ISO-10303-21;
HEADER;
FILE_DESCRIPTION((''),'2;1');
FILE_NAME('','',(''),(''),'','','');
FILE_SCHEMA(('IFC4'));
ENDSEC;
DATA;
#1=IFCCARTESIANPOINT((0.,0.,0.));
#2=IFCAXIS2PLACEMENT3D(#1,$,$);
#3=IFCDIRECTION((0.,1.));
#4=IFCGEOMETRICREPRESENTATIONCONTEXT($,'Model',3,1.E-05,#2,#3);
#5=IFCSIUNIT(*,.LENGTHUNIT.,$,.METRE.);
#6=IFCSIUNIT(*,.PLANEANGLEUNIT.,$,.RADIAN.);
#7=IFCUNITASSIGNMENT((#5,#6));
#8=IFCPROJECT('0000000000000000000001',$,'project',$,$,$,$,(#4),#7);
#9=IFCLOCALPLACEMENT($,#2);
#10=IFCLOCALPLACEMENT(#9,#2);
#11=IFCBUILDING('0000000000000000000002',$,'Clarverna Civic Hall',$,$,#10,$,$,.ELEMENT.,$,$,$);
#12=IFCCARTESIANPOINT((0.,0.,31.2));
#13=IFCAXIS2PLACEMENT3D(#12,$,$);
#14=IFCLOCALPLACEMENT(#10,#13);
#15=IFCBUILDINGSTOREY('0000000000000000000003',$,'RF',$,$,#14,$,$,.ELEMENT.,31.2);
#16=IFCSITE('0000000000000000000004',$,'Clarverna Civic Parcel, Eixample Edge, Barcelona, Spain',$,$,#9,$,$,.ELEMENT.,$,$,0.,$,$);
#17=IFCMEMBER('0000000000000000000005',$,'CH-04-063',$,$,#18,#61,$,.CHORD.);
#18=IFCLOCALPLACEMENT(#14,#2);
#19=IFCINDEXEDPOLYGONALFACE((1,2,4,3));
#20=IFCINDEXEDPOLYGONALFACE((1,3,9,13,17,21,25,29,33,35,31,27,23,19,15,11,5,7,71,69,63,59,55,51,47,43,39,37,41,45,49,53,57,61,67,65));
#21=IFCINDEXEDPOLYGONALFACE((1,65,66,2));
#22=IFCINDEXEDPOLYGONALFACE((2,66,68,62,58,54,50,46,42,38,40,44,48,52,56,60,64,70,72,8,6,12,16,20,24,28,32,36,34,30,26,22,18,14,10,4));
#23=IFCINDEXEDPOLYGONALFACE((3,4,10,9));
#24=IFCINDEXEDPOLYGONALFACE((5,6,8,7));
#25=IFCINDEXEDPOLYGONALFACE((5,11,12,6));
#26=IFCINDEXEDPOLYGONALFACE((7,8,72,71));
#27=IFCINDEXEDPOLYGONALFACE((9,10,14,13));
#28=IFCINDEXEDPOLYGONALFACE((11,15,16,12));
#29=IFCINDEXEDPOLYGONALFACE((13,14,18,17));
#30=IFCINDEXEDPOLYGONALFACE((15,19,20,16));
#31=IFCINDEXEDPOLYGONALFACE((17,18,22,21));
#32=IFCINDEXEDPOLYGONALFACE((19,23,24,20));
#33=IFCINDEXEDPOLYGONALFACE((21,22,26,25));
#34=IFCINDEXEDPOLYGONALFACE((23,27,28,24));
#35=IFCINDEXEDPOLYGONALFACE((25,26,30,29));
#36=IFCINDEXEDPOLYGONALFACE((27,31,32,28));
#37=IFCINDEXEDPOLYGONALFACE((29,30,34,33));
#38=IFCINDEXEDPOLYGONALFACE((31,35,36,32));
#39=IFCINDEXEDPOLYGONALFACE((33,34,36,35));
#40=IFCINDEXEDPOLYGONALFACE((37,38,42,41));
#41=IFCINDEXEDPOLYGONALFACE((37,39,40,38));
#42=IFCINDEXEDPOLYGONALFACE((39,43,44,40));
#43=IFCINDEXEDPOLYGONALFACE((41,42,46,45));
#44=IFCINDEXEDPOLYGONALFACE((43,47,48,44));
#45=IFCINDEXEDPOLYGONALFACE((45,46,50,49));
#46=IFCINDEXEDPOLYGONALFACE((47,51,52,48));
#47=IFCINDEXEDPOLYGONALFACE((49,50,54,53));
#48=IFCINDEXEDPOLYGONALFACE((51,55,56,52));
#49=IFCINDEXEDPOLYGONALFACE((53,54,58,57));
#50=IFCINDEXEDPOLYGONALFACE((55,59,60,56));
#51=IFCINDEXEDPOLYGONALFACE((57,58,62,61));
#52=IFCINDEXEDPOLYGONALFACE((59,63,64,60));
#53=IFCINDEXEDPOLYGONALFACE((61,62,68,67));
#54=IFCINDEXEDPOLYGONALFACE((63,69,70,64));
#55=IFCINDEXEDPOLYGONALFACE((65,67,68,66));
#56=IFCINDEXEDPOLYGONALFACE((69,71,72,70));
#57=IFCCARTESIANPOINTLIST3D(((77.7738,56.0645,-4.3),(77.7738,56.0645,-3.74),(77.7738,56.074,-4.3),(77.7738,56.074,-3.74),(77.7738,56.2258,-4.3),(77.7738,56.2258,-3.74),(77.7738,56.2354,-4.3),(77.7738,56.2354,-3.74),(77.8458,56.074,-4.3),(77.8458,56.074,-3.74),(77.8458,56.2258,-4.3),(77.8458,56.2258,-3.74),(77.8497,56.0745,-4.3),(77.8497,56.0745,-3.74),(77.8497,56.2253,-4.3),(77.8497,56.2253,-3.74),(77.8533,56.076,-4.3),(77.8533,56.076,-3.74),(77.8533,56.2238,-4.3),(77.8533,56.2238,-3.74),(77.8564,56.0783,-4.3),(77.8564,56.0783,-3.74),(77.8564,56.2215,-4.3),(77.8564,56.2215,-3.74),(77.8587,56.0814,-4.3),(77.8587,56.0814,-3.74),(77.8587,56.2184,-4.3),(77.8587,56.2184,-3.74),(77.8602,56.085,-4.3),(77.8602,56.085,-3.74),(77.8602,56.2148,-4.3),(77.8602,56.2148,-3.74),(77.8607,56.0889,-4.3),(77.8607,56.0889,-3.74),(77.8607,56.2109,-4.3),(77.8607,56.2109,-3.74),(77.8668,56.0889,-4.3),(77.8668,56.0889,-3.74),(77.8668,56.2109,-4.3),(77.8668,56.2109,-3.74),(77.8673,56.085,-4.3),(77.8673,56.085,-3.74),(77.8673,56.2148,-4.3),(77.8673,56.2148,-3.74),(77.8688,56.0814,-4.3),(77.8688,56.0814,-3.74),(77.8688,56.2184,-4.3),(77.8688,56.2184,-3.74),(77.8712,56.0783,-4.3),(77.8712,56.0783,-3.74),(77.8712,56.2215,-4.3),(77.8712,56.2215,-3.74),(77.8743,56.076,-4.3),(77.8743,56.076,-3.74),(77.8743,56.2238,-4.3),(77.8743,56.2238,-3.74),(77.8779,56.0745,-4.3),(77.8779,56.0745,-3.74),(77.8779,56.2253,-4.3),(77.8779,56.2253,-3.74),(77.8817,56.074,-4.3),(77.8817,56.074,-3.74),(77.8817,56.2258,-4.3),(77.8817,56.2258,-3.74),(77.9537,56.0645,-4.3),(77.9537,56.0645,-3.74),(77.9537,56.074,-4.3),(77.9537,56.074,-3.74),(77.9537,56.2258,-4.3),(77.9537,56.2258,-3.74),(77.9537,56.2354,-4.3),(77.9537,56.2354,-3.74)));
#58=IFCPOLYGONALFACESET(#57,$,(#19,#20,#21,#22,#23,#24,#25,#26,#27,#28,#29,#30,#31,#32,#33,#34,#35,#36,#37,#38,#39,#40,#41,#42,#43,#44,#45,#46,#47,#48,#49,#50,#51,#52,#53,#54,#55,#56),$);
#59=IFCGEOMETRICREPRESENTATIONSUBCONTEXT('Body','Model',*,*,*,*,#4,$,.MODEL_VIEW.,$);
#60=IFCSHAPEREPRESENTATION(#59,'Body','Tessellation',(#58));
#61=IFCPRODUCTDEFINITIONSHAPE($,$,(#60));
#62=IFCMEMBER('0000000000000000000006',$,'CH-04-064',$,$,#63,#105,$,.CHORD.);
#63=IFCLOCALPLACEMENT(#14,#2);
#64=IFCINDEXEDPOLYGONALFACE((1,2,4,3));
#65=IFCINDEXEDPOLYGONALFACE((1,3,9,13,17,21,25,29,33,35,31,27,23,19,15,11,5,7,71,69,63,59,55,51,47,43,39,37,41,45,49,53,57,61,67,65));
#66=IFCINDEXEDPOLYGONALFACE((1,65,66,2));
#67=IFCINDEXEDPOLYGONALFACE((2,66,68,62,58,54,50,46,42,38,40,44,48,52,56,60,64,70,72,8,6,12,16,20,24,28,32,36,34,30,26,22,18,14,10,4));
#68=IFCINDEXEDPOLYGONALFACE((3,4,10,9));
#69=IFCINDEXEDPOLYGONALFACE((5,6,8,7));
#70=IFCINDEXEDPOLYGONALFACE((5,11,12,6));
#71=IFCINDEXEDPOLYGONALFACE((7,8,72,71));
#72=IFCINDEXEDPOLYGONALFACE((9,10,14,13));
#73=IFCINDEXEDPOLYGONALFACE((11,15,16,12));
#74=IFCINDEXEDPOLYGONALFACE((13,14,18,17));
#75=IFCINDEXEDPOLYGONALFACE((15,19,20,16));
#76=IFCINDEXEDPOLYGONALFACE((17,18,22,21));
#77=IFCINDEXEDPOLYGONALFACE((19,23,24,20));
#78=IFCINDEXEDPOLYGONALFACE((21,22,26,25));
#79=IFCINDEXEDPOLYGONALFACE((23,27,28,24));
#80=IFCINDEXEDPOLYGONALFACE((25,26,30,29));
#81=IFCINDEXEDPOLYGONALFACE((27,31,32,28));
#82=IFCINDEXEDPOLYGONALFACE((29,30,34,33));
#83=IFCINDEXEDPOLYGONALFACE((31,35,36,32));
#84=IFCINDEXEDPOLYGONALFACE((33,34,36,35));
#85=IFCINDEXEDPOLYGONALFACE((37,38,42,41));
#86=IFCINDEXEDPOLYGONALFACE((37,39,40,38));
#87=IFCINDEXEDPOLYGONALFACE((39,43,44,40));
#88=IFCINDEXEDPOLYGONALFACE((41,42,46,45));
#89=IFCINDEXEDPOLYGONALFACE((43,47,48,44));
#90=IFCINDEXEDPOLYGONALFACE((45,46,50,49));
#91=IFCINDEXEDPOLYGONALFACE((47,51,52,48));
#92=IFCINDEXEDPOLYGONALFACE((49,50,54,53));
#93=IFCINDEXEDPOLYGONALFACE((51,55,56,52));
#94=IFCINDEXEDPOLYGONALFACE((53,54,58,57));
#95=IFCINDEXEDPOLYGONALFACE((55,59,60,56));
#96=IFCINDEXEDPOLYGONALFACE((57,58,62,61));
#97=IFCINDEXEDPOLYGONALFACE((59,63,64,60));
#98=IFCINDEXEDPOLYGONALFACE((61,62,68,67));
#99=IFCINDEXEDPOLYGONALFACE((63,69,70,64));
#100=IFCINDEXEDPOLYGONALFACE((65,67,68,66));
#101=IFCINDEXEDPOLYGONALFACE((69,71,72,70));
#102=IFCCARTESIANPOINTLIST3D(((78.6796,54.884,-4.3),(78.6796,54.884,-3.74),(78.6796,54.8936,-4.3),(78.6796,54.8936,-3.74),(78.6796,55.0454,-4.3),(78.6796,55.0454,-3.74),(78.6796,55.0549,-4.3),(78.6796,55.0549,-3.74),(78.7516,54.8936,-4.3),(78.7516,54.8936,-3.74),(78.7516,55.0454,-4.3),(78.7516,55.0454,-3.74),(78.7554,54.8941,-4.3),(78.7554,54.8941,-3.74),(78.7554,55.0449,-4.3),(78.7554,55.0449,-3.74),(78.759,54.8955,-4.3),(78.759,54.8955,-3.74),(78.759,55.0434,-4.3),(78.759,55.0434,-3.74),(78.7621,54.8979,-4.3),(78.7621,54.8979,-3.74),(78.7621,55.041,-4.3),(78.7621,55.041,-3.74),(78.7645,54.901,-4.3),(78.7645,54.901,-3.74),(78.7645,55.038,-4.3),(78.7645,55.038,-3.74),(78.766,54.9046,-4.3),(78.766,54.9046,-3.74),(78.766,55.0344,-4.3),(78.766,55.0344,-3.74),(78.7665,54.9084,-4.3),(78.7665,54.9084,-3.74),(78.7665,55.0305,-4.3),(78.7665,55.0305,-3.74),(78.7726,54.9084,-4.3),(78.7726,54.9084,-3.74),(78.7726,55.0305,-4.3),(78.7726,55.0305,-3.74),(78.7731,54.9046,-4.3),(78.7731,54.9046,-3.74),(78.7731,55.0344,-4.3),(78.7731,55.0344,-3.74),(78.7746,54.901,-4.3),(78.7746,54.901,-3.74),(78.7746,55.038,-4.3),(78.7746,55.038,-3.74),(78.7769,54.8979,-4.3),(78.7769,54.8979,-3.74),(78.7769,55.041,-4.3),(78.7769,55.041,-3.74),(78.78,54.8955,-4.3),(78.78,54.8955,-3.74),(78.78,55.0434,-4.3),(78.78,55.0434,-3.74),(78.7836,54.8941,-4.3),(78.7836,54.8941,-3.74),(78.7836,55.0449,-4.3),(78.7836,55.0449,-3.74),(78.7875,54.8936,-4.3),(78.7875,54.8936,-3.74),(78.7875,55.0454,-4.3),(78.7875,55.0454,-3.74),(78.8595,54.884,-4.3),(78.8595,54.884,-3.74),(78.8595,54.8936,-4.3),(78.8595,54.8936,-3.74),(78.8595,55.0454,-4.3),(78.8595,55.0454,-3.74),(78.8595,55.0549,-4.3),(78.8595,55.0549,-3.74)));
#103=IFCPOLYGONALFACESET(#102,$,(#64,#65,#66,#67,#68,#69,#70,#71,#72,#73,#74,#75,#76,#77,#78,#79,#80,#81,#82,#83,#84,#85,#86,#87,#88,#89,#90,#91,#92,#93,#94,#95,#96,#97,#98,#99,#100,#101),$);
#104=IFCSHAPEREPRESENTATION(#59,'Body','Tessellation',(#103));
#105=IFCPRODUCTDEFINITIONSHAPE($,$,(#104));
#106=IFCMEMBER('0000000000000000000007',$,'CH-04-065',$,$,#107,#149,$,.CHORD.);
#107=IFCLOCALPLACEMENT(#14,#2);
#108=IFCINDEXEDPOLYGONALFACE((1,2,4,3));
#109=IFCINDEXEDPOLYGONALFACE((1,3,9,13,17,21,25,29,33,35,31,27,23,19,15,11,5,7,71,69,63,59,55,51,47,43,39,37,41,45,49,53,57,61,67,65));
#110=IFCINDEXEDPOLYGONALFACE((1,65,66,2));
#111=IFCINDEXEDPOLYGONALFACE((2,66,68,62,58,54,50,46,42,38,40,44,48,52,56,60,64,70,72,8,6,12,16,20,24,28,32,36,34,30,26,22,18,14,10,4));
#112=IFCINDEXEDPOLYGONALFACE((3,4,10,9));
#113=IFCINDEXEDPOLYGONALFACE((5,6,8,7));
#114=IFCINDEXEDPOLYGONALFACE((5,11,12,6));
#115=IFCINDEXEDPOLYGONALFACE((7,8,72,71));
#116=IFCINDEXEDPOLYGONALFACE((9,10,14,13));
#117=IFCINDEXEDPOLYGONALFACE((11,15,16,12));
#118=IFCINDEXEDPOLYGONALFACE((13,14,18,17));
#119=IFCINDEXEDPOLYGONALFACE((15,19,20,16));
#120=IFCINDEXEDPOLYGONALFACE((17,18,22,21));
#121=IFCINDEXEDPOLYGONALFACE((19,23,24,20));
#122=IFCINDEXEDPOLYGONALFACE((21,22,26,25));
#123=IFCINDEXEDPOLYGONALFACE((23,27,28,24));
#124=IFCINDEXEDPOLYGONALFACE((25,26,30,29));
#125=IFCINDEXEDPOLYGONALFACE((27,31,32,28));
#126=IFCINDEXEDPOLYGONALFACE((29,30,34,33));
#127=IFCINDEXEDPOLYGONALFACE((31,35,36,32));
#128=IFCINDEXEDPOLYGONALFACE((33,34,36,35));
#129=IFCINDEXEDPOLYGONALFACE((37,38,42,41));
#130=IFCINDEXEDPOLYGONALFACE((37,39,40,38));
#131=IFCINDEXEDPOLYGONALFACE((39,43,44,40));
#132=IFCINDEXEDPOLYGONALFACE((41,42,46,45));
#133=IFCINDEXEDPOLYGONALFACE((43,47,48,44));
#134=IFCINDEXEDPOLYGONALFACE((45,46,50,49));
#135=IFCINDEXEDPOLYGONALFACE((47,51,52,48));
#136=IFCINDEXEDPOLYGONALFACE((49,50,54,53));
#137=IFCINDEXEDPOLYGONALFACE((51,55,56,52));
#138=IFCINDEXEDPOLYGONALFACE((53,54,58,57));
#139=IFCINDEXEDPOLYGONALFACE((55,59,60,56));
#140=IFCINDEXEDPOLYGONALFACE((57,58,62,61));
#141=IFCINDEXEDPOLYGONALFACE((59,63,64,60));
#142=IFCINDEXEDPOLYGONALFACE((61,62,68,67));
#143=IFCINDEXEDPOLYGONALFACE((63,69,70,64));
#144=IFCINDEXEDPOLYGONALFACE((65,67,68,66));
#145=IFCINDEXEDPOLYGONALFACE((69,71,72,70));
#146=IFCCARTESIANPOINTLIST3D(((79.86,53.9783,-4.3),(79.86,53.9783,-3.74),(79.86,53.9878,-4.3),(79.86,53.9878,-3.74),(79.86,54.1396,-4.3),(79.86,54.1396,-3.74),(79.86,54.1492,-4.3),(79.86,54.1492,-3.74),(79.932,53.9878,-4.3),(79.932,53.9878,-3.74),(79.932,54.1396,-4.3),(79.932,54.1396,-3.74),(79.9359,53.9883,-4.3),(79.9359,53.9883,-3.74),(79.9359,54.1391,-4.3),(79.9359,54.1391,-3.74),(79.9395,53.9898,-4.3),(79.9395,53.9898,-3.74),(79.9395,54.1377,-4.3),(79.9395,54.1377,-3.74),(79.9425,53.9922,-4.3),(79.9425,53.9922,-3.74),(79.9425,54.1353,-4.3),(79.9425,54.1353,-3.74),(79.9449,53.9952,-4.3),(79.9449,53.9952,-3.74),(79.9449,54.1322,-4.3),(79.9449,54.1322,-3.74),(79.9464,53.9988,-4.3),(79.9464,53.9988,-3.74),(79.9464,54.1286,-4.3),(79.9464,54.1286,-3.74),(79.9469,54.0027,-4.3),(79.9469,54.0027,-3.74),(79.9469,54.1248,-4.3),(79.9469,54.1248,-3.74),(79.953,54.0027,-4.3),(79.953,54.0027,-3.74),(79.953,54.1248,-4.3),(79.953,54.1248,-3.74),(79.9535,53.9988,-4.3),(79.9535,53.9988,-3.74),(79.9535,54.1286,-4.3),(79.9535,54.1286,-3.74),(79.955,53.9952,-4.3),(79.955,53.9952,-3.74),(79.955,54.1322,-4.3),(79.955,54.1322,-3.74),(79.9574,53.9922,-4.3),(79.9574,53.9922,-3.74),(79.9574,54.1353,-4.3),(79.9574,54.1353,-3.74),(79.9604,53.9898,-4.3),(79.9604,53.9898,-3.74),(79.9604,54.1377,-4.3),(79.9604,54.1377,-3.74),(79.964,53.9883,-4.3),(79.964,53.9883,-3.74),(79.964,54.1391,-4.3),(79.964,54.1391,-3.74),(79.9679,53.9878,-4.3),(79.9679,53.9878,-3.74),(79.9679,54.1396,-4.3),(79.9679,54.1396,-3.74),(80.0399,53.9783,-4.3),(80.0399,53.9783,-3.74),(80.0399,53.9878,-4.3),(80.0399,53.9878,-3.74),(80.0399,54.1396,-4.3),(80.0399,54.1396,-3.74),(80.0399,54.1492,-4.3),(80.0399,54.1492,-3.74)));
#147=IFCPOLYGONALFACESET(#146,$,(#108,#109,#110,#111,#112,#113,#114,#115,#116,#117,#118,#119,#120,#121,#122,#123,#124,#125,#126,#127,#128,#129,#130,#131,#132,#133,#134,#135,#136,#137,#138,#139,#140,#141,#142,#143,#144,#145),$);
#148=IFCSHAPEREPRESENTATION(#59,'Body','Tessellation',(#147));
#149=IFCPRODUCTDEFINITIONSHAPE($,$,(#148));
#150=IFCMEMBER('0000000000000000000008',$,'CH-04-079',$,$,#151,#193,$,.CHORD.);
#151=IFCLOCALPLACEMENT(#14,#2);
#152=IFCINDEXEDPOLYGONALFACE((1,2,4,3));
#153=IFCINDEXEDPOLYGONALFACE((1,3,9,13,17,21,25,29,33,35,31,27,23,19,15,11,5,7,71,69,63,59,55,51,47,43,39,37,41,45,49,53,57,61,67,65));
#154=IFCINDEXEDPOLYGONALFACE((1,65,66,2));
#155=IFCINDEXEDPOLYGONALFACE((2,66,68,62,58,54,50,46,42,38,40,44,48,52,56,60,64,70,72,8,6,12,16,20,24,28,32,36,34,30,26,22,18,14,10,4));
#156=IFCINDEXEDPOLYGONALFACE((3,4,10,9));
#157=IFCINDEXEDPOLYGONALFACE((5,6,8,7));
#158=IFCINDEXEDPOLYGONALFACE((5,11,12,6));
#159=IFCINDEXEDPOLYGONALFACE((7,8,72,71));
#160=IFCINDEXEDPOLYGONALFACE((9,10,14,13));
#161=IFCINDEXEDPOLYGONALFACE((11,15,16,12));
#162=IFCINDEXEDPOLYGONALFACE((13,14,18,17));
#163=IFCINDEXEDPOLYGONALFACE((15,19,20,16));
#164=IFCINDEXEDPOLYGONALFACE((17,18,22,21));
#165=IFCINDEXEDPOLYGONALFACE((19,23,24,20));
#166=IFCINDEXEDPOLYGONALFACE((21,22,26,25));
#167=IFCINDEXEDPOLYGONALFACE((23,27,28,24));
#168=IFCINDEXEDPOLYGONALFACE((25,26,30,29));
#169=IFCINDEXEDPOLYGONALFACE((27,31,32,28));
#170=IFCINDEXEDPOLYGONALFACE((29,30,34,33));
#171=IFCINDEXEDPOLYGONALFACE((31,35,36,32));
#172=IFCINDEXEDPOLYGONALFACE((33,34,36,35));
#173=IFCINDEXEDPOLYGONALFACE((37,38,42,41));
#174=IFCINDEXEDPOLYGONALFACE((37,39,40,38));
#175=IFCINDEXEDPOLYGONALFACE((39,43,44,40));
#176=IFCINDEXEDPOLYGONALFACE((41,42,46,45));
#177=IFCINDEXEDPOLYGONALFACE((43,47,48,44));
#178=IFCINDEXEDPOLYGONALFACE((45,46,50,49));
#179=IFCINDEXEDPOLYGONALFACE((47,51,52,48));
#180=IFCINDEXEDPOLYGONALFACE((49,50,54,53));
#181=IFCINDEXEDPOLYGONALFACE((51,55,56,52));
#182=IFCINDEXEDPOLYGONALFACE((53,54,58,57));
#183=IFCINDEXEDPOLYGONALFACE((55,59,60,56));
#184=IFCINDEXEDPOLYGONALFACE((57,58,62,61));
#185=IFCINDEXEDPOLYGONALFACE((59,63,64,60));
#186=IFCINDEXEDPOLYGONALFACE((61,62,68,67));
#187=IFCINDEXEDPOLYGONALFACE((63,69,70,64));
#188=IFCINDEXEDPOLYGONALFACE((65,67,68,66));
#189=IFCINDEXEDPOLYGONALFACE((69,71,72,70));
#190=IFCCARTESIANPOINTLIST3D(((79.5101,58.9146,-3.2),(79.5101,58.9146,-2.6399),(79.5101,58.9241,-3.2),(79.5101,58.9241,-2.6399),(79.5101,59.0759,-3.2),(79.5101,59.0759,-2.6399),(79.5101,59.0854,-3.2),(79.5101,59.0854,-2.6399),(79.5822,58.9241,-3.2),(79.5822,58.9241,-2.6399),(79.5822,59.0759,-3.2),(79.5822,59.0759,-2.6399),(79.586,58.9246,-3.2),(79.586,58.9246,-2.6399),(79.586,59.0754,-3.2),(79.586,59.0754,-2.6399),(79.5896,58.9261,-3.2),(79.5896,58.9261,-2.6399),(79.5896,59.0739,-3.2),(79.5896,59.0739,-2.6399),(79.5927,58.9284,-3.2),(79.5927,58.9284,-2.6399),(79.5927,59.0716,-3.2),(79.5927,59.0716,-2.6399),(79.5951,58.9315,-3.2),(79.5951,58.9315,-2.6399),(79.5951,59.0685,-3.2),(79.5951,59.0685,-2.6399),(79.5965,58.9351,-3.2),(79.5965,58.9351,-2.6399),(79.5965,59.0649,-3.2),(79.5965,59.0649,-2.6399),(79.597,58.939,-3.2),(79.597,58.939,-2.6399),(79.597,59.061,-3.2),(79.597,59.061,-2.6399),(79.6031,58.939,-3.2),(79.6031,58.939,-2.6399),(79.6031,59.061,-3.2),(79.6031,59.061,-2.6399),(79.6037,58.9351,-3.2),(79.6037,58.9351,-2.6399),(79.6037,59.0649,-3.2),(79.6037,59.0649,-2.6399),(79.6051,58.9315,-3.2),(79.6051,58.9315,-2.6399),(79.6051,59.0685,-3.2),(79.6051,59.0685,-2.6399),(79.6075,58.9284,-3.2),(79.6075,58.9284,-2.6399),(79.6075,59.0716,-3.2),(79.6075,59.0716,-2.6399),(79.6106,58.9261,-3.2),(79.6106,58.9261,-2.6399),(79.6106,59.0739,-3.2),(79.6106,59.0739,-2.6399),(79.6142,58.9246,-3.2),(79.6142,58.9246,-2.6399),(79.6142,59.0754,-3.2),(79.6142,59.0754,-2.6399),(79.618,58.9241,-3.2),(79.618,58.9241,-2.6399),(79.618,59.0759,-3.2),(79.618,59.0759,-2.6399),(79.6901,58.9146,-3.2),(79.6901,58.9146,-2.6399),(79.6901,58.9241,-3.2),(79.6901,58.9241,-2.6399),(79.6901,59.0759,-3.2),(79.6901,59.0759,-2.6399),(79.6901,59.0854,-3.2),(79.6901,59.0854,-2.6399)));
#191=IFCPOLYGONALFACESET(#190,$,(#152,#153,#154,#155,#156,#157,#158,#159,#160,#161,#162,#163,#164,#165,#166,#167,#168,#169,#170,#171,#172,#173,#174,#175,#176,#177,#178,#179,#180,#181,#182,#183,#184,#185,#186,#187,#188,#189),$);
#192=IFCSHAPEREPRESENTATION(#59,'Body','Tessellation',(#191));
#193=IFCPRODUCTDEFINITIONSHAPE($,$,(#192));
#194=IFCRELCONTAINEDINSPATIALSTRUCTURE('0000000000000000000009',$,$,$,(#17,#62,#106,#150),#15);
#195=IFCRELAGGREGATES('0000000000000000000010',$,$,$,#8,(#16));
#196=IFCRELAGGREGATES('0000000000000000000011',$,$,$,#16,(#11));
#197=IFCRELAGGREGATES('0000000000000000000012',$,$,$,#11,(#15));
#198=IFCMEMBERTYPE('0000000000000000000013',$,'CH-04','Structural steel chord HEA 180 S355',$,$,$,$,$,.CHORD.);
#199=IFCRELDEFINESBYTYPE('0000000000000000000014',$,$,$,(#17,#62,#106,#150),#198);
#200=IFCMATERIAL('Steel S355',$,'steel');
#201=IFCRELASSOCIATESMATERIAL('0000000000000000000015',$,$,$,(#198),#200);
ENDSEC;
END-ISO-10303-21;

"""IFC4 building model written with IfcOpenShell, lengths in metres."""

from ifc_helpers import new_model, si_unit, direction, frame, origin, origin_2d, place, context, subcontext, project, spatial, i_section, extrude, material, material_profile, profile_set, type_object, element, save


model = new_model("IFC4")

# Units and contexts
model_context = context("Model", 3, precision=1e-05, world=origin(), true_north=direction((0.0, 1.0)))
body_context = subcontext(model_context, "Body", "Model", "MODEL_VIEW")
ifc_project = project(units=[si_unit("LENGTHUNIT", "METRE"), si_unit("PLANEANGLEUNIT", "RADIAN")], contexts=[model_context])

# Site, building, storey
site_placement = place(None, origin())
site = spatial("IfcSite", under=ifc_project, at=site_placement, Name="Clarverna Civic Parcel, Eixample Edge, Barcelona, Spain", CompositionType="ELEMENT", RefElevation=0.0)
building_placement = place(site_placement, origin())
building = spatial("IfcBuilding", under=site, at=building_placement, Name="Clarverna Civic Hall", CompositionType="ELEMENT")
storey_placement = place(building_placement, frame((0.0, 0.0, 31.2)))
storey = spatial("IfcBuildingStorey", under=building, at=storey_placement, Name="RF", CompositionType="ELEMENT", Elevation=31.2)

# Members
ifc_material_1 = material(Name="Steel S355", Category="steel")
ifc_material_profile_1 = material_profile(ifc_material_1, i_section(OverallWidth=0.1799, OverallDepth=0.1709, WebThickness=0.0061, FlangeThickness=0.0095, FilletRadius=0.0149, at=origin_2d()), Name="HEA 180")
ifc_profile_set_1 = profile_set([ifc_material_profile_1], Name="Steel S355")
member_type_1 = type_object("IfcMemberType", Name="CH-04", Description="Structural steel chord HEA 180 S355", PredefinedType="CHORD", material=ifc_profile_set_1)
for number, where, z_axis, x_axis, name in (
    (1, (77.8638, 56.1499, -4.3), (0.0, 0.0, 1.0), (1.0, 0.0, 0.0), "CH-04-063"),
    (2, (78.7695, 54.9695, -4.3), (0.0, 0.0, 1.0), (1.0, 0.0, 0.0), "CH-04-064"),
    (3, (79.95, 54.0637, -4.3), (0.0, 0.0, 1.0), (1.0, 0.0, 0.0), "CH-04-065"),
    (4, (79.6001, 59.0, -3.2), (0.0, 0.0, 1.0), (1.0, 0.0, 0.0), "CH-04-079"),
):
    element("IfcMember", number, at=place(storey_placement, frame(where, z_axis=z_axis, x_axis=x_axis)), inside=storey, type_object=member_type_1, Name=name, PredefinedType="CHORD", context=body_context, shape_type="SweptSolid", body=[
        extrude(i_section(OverallWidth=0.1799, OverallDepth=0.1709, WebThickness=0.0061, FlangeThickness=0.0095, FilletRadius=0.0149, at=origin_2d()), origin(), (0.0, 0.0, 1.0), 0.5601),
    ])

save(model, "model.ifc")
